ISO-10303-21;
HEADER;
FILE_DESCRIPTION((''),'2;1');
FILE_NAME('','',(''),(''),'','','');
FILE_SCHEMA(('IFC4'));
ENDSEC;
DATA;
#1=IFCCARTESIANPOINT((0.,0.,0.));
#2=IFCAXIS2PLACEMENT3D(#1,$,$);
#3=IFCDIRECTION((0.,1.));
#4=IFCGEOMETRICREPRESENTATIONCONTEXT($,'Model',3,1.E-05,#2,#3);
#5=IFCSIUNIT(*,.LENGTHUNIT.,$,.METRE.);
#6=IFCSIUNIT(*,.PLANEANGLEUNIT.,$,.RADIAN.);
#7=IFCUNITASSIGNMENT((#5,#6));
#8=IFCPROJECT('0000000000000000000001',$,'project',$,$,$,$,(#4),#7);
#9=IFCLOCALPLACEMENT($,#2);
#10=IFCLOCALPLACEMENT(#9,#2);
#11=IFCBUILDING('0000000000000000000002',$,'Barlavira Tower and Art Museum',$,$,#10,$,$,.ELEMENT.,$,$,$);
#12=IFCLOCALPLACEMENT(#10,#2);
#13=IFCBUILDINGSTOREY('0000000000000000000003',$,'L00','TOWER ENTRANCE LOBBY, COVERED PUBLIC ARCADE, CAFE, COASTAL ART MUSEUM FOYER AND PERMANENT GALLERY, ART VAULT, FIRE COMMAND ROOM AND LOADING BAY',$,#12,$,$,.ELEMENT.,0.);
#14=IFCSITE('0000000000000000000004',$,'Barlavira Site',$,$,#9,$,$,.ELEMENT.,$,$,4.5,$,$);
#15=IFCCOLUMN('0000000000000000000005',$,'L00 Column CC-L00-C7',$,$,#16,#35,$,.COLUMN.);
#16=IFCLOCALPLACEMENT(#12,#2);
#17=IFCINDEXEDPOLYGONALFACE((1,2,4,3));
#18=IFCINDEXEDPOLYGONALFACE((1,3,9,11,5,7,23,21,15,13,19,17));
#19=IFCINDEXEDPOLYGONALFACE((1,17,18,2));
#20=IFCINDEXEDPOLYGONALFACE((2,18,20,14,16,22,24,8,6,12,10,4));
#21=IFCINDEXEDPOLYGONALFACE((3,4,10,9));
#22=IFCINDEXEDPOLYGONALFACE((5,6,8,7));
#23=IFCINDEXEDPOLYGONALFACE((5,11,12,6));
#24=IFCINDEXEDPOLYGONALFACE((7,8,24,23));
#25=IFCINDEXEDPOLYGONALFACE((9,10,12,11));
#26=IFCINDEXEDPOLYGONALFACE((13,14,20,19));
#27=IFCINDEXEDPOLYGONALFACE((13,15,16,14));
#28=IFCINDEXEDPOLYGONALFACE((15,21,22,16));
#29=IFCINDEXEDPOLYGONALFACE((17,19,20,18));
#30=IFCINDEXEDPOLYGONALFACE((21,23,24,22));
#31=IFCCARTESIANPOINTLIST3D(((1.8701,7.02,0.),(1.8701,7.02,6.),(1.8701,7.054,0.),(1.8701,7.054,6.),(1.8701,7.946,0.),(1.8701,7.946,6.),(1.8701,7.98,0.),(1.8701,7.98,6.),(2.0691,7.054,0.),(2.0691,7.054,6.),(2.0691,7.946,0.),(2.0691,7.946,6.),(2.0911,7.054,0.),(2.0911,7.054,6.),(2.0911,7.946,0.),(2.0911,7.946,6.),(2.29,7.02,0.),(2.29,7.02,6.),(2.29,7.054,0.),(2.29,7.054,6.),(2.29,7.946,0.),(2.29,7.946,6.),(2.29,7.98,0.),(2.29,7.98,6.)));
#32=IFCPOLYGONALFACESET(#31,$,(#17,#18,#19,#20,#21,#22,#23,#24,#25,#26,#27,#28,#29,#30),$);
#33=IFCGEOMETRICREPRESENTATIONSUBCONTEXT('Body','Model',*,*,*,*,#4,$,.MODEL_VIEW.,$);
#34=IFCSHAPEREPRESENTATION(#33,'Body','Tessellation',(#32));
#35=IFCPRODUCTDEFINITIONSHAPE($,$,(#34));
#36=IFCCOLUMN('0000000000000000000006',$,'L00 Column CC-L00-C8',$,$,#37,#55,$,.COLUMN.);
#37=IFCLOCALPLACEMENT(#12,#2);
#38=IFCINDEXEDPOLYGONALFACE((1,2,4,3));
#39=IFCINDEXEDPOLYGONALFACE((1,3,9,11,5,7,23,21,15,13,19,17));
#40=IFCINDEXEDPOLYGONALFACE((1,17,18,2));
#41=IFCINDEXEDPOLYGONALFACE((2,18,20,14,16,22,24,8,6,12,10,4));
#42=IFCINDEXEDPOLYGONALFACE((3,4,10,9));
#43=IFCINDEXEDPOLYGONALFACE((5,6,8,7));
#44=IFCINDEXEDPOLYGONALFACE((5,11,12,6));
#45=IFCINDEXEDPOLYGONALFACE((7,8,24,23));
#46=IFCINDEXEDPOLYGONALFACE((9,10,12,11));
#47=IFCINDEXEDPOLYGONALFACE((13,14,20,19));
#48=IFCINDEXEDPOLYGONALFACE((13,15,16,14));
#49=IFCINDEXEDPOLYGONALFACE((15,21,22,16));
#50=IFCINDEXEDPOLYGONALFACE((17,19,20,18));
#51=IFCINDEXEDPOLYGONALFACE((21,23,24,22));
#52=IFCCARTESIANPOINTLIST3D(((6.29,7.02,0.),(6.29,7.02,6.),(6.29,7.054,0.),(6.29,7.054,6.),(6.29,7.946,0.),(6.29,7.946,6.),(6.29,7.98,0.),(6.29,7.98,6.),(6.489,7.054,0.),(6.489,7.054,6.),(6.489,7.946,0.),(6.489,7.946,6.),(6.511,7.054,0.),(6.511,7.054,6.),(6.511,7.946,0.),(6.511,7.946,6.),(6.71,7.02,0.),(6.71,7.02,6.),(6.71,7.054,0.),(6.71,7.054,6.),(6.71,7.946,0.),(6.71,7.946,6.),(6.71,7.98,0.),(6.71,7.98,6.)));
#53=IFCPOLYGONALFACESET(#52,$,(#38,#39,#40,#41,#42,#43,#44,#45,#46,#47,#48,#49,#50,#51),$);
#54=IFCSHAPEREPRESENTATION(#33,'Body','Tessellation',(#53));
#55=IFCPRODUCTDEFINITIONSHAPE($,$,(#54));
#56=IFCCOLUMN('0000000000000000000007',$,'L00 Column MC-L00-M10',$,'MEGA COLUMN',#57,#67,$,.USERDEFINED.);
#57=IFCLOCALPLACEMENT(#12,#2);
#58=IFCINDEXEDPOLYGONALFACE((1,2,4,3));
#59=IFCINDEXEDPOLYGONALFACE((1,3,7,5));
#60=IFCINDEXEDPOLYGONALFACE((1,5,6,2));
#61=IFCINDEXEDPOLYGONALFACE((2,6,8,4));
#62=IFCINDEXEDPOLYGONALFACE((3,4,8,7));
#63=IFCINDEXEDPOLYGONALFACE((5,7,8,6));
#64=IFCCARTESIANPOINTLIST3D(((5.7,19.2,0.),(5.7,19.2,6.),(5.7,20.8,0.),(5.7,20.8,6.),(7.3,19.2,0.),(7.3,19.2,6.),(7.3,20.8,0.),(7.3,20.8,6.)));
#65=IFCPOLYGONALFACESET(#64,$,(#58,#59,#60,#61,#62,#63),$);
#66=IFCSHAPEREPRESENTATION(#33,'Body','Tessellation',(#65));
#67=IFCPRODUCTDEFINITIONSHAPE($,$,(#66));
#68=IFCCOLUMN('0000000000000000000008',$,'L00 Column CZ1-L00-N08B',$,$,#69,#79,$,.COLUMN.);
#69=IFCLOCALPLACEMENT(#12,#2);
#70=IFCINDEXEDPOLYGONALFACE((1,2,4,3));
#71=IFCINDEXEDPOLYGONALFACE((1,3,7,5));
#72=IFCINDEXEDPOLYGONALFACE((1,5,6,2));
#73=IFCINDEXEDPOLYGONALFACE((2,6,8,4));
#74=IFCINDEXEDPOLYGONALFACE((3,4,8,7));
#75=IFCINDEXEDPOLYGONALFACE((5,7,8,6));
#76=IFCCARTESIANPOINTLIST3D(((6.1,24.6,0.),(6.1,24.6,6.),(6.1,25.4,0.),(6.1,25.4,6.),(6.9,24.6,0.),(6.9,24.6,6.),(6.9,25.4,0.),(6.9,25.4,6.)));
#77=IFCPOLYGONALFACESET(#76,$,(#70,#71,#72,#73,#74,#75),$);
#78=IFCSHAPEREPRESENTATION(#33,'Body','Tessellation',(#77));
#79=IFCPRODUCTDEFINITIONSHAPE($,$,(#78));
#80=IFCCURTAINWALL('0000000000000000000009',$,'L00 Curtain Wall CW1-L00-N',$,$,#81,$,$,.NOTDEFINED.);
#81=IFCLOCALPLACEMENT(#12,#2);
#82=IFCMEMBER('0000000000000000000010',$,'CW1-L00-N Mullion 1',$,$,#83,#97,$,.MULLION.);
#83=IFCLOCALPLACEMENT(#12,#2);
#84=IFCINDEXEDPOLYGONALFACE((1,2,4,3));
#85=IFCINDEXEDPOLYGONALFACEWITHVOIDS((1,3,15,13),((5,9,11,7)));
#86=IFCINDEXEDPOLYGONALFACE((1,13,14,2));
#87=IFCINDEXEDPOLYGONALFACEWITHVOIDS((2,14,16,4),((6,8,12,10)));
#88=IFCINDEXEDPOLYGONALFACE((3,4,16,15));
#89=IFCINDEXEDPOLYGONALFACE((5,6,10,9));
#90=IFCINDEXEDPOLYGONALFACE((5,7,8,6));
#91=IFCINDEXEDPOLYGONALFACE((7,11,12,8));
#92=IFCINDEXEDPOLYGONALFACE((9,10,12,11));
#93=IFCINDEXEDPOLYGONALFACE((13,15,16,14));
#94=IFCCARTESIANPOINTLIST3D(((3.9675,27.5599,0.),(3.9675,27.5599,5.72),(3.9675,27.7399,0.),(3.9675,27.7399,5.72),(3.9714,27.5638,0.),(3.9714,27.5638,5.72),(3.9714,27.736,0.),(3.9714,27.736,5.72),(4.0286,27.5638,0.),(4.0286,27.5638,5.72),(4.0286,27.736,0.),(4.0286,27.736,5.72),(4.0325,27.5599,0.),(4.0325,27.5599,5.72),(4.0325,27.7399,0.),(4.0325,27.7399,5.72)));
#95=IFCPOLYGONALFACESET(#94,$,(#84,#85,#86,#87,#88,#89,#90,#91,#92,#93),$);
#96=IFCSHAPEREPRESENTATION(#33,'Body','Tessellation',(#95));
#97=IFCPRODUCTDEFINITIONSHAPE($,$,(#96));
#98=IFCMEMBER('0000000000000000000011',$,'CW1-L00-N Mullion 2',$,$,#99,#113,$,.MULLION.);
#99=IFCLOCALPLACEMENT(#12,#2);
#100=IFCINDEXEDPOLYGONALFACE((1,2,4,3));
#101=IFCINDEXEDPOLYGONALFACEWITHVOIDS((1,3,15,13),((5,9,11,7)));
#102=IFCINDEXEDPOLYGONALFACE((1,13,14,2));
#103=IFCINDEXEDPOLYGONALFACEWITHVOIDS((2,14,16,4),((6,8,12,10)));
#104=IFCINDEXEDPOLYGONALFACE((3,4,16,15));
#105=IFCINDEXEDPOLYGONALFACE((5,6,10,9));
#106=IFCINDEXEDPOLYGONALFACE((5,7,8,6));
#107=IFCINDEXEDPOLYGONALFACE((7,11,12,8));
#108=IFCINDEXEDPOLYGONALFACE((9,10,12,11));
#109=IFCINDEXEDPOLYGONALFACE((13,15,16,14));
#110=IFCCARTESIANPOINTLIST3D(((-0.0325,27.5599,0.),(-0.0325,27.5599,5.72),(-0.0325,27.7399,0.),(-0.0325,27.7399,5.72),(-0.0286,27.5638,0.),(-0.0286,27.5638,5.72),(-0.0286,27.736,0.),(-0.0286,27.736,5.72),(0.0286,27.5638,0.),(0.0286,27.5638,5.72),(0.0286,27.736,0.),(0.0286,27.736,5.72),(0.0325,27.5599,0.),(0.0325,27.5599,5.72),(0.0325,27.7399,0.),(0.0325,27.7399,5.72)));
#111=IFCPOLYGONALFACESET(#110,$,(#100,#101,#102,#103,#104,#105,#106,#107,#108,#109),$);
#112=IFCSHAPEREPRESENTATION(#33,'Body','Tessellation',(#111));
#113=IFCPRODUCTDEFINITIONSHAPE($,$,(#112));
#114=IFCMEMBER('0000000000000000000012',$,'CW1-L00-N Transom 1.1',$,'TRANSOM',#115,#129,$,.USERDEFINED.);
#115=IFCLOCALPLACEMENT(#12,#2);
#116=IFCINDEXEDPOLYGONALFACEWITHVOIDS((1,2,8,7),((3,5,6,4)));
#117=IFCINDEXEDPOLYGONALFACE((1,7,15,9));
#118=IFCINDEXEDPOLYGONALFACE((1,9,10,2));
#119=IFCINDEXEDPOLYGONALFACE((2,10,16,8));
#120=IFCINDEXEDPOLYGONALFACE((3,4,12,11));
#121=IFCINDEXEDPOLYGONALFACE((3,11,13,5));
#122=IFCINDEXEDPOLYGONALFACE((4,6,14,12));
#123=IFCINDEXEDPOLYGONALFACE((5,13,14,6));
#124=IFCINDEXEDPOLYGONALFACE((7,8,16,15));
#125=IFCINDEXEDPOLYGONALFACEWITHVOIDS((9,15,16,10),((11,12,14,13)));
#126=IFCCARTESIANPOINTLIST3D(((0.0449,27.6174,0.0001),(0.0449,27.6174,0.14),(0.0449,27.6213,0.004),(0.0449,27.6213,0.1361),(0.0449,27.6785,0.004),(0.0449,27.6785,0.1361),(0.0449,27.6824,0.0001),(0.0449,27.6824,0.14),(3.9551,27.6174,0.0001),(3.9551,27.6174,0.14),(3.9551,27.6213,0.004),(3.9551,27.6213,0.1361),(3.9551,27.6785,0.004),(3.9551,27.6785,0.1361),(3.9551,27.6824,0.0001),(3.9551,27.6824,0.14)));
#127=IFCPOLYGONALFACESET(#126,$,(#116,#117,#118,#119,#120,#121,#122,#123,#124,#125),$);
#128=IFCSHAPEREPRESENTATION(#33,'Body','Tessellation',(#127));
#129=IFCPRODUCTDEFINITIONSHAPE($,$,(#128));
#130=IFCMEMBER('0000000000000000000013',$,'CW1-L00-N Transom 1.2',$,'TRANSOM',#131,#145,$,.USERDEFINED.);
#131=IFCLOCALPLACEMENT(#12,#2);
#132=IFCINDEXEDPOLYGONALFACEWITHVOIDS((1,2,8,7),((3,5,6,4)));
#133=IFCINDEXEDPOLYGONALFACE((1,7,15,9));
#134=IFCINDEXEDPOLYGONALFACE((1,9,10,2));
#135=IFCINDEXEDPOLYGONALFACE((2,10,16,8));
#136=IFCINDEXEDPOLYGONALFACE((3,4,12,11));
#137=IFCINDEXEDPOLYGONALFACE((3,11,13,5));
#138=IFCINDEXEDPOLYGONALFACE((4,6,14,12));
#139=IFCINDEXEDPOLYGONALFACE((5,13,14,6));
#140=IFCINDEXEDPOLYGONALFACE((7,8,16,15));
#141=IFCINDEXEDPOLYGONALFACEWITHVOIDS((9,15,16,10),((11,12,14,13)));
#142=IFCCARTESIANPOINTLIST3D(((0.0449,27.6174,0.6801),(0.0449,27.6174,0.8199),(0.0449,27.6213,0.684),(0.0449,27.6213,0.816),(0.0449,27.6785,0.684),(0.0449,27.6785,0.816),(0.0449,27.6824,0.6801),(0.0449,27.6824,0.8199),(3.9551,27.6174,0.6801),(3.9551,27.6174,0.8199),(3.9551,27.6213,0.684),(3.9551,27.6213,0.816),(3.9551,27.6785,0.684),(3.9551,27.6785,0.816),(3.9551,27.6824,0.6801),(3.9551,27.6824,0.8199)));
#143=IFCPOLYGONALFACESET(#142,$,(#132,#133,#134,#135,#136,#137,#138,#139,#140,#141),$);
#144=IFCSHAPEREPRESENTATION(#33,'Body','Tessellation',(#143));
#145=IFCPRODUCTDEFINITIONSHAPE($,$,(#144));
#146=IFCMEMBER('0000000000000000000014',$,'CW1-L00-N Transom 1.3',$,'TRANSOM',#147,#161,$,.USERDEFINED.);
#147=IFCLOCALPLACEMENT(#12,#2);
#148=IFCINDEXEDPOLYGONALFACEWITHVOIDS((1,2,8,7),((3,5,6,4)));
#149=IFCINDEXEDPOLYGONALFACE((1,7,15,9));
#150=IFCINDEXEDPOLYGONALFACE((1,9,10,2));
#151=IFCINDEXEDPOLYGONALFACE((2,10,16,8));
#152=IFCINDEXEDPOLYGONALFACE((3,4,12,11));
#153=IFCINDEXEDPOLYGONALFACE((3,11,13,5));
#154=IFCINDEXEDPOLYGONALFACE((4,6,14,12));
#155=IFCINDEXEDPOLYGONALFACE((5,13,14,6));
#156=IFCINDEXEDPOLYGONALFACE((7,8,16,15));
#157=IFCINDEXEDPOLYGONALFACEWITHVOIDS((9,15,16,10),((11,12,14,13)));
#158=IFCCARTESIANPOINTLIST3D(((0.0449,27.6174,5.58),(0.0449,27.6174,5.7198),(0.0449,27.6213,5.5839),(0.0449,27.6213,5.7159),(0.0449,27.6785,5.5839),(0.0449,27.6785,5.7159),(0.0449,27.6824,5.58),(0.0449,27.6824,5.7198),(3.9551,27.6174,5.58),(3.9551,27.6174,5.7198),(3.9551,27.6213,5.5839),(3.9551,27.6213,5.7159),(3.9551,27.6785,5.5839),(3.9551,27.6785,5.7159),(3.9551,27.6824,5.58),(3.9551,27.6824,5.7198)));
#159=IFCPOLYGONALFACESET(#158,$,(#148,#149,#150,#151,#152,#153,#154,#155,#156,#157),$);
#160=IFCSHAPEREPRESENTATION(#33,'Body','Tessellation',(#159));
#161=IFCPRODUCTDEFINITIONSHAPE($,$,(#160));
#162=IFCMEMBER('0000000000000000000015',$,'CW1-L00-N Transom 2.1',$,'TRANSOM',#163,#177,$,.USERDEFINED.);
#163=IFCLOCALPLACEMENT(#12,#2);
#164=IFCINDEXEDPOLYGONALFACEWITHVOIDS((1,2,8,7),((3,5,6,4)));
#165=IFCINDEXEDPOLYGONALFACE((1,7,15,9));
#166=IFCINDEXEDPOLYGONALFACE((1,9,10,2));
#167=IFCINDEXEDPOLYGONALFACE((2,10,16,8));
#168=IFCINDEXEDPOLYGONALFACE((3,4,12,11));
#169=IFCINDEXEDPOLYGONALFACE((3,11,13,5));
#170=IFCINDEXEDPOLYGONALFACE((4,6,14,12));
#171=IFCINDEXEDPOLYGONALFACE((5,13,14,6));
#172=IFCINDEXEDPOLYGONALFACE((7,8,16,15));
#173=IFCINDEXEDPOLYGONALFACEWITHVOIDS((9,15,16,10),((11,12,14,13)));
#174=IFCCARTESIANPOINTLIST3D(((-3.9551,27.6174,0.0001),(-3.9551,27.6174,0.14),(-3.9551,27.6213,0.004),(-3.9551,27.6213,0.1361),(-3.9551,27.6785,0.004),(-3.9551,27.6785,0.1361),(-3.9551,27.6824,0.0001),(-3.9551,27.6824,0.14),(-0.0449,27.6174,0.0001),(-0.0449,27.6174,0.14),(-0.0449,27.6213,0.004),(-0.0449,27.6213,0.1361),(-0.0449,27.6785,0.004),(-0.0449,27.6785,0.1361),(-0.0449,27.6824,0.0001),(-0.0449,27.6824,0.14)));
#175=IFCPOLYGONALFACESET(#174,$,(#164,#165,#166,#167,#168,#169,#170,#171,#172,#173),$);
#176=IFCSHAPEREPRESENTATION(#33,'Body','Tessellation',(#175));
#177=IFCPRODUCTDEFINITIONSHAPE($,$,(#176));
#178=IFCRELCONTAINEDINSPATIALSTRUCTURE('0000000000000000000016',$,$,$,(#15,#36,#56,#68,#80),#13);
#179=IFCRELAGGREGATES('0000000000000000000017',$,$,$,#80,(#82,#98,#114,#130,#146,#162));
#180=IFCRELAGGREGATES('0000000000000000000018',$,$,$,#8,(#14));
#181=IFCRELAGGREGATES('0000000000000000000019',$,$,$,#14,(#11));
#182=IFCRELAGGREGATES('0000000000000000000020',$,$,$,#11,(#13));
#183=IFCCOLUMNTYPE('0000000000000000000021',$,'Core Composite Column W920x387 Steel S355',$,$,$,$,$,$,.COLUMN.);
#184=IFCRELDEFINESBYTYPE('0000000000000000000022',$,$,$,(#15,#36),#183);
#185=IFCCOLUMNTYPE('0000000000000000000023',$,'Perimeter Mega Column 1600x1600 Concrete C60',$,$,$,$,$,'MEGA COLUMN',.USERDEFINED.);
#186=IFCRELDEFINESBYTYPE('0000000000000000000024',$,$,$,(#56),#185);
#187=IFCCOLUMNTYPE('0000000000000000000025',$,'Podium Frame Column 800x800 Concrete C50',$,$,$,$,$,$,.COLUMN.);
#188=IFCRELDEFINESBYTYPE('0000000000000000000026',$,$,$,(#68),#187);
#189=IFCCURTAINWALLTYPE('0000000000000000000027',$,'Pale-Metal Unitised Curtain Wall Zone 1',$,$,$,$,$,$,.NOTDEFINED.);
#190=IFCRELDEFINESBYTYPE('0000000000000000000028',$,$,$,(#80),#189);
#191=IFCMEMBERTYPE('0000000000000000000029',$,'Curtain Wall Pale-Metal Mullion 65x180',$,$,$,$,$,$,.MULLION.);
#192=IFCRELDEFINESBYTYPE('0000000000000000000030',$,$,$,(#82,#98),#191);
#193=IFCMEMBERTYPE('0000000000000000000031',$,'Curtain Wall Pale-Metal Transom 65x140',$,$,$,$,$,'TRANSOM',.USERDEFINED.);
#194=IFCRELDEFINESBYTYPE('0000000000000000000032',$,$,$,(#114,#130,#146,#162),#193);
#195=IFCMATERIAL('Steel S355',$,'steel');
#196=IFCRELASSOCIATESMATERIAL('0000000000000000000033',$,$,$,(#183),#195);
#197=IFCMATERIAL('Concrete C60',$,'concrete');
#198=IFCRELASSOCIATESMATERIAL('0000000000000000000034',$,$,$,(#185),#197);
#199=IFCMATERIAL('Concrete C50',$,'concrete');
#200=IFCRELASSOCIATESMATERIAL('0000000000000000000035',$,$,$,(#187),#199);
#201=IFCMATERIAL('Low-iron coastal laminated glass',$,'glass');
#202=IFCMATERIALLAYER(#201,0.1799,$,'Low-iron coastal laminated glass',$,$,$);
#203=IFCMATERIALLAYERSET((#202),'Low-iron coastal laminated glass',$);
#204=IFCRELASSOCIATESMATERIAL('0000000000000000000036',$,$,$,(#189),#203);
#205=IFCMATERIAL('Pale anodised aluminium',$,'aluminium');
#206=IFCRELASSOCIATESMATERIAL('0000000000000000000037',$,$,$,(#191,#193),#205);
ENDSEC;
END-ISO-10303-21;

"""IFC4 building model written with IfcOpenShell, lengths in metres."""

from ifc_helpers import new_model, si_unit, direction, frame, origin, origin_2d, place, context, subcontext, project, spatial, rectangle, hollow_rectangle, i_section, extrude, material, layer, layer_set, material_profile, profile_set, type_object, element, aggregate, save


model = new_model("IFC4")

# Units and contexts
model_context = context("Model", 3, precision=1e-05, world=origin(), true_north=direction((0.0, 1.0)))
body_context = subcontext(model_context, "Body", "Model", "MODEL_VIEW")
ifc_project = project(units=[si_unit("LENGTHUNIT", "METRE"), si_unit("PLANEANGLEUNIT", "RADIAN")], contexts=[model_context])

# Site, building, storey
site_placement = place(None, origin())
site = spatial("IfcSite", under=ifc_project, at=site_placement, Name="Barlavira Site", CompositionType="ELEMENT", RefElevation=4.5)
building_placement = place(site_placement, origin())
building = spatial("IfcBuilding", under=site, at=building_placement, Name="Barlavira Tower and Art Museum", CompositionType="ELEMENT")
storey_placement = place(building_placement, origin())
storey = spatial("IfcBuildingStorey", under=building, at=storey_placement, Name="L00", Description="TOWER ENTRANCE LOBBY, COVERED PUBLIC ARCADE, CAFE, COASTAL ART MUSEUM FOYER AND PERMANENT GALLERY, ART VAULT, FIRE COMMAND ROOM AND LOADING BAY", CompositionType="ELEMENT", Elevation=0.0)

# Columns
ifc_material_1 = material(Name="Steel S355", Category="steel")
ifc_material_profile_1 = material_profile(ifc_material_1, i_section(OverallWidth=0.4199, OverallDepth=0.96, WebThickness=0.022, FlangeThickness=0.0339, at=origin_2d()), Name="W920x387.0")
ifc_profile_set_1 = profile_set([ifc_material_profile_1], Name="Steel S355")
column_type_1 = type_object("IfcColumnType", Name="Core Composite Column W920x387 Steel S355", PredefinedType="COLUMN", material=ifc_profile_set_1)
for number, where, z_axis, x_axis, name in (
    (1, (2.0801, 7.5, 0.0), (0.0, 0.0, 1.0), (1.0, 0.0, 0.0), "L00 Column CC-L00-C7"),
    (2, (6.5, 7.5, 0.0), (0.0, 0.0, 1.0), (1.0, 0.0, 0.0), "L00 Column CC-L00-C8"),
):
    element("IfcColumn", number, at=place(storey_placement, frame(where, z_axis=z_axis, x_axis=x_axis)), inside=storey, type_object=column_type_1, Name=name, PredefinedType="COLUMN", context=body_context, shape_type="SweptSolid", body=[
        extrude(i_section(OverallWidth=0.4199, OverallDepth=0.96, WebThickness=0.022, FlangeThickness=0.0339, at=origin_2d()), origin(), (0.0, 0.0, 1.0), 6.0),
    ])
ifc_material_2 = material(Name="Concrete C60", Category="concrete")
ifc_material_profile_2 = material_profile(ifc_material_2, rectangle(XDim=1.6001, YDim=1.6001, at=origin_2d()), Name="RC-MCOL 1600x1600")
ifc_profile_set_2 = profile_set([ifc_material_profile_2], Name="Concrete C60")
column_type_2 = type_object("IfcColumnType", Name="Perimeter Mega Column 1600x1600 Concrete C60", ElementType="MEGA COLUMN", PredefinedType="USERDEFINED", material=ifc_profile_set_2)
column_1_placement = place(storey_placement, frame((6.5, 20.0, 0.0), z_axis=(0.0, 0.0, 1.0), x_axis=(1.0, 0.0, 0.0)))
element("IfcColumn", 3, at=column_1_placement, inside=storey, type_object=column_type_2, Name="L00 Column MC-L00-M10", ObjectType="MEGA COLUMN", PredefinedType="USERDEFINED", context=body_context, shape_type="SweptSolid", body=[
    extrude(rectangle(XDim=1.6001, YDim=1.6001, at=origin_2d()), origin(), (0.0, 0.0, 1.0), 6.0),
])
ifc_material_3 = material(Name="Concrete C50", Category="concrete")
ifc_material_profile_3 = material_profile(ifc_material_3, rectangle(XDim=0.8, YDim=0.8, at=origin_2d()), Name="RC-COL 800x800")
ifc_profile_set_3 = profile_set([ifc_material_profile_3], Name="Concrete C50")
column_type_3 = type_object("IfcColumnType", Name="Podium Frame Column 800x800 Concrete C50", PredefinedType="COLUMN", material=ifc_profile_set_3)
column_2_placement = place(storey_placement, frame((6.5, 25.0, 0.0), z_axis=(0.0, 0.0, 1.0), x_axis=(1.0, 0.0, 0.0)))
element("IfcColumn", 4, at=column_2_placement, inside=storey, type_object=column_type_3, Name="L00 Column CZ1-L00-N08B", PredefinedType="COLUMN", context=body_context, shape_type="SweptSolid", body=[
    extrude(rectangle(XDim=0.8, YDim=0.8, at=origin_2d()), origin(), (0.0, 0.0, 1.0), 6.0),
])

# Curtain wall, members
ifc_material_4 = material(Name="Low-iron coastal laminated glass", Category="glass")
ifc_layer_1 = layer(ifc_material_4, 0.1799, Name="Low-iron coastal laminated glass")
ifc_layer_set_1 = layer_set([ifc_layer_1], Name="Low-iron coastal laminated glass")
curtain_wall_type = type_object("IfcCurtainWallType", Name="Pale-Metal Unitised Curtain Wall Zone 1", PredefinedType="NOTDEFINED", material=ifc_layer_set_1)
curtain_wall_placement = place(storey_placement, origin())
curtain_wall = element("IfcCurtainWall", 5, at=curtain_wall_placement, inside=storey, type_object=curtain_wall_type, Name="L00 Curtain Wall CW1-L00-N", PredefinedType="NOTDEFINED")
ifc_material_5 = material(Name="Pale anodised aluminium", Category="aluminium")
ifc_material_profile_4 = material_profile(ifc_material_5, hollow_rectangle(XDim=0.0649, YDim=0.1799, WallThickness=0.0039, at=origin_2d()), Name="ALU-MULL 65x180x4")
ifc_profile_set_4 = profile_set([ifc_material_profile_4], Name="Pale anodised aluminium")
member_type_1 = type_object("IfcMemberType", Name="Curtain Wall Pale-Metal Mullion 65x180", PredefinedType="MULLION", material=ifc_profile_set_4)
member_1_placement = place(storey_placement, frame((4.0, 27.6499, 0.0), z_axis=(0.0, 0.0, 1.0), x_axis=(-1.0, 0.0, 0.0)))
member_1 = element("IfcMember", 6, at=member_1_placement, type_object=member_type_1, Name="CW1-L00-N Mullion 1", PredefinedType="MULLION", context=body_context, shape_type="SweptSolid", body=[
    extrude(hollow_rectangle(XDim=0.0649, YDim=0.1799, WallThickness=0.0039, at=origin_2d()), origin(), (0.0, 0.0, 1.0), 5.72),
])
member_2_placement = place(storey_placement, frame((0.0, 27.6499, 0.0), z_axis=(0.0, 0.0, 1.0), x_axis=(-1.0, 0.0, 0.0)))
member_2 = element("IfcMember", 7, at=member_2_placement, type_object=member_type_1, Name="CW1-L00-N Mullion 2", PredefinedType="MULLION", context=body_context, shape_type="SweptSolid", body=[
    extrude(hollow_rectangle(XDim=0.0649, YDim=0.1799, WallThickness=0.0039, at=origin_2d()), origin(), (0.0, 0.0, 1.0), 5.72),
])
ifc_material_profile_5 = material_profile(ifc_material_5, hollow_rectangle(XDim=0.0649, YDim=0.1399, WallThickness=0.0039, at=origin_2d()), Name="ALU-TRAN 65x140x4")
ifc_profile_set_5 = profile_set([ifc_material_profile_5], Name="Pale anodised aluminium")
member_type_2 = type_object("IfcMemberType", Name="Curtain Wall Pale-Metal Transom 65x140", ElementType="TRANSOM", PredefinedType="USERDEFINED", material=ifc_profile_set_5)
member_3_placement = place(storey_placement, frame((3.9551, 27.6499, 0.0701), z_axis=(-1.0, 0.0, 0.0), x_axis=(0.0, -1.0, 0.0)))
member_3 = element("IfcMember", 8, at=member_3_placement, type_object=member_type_2, Name="CW1-L00-N Transom 1.1", ObjectType="TRANSOM", PredefinedType="USERDEFINED", context=body_context, shape_type="SweptSolid", body=[
    extrude(hollow_rectangle(XDim=0.0649, YDim=0.1399, WallThickness=0.0039, at=origin_2d()), origin(), (0.0, 0.0, 1.0), 3.9102),
])
member_4_placement = place(storey_placement, frame((3.9551, 27.6499, 0.75), z_axis=(-1.0, 0.0, 0.0), x_axis=(0.0, -1.0, 0.0)))
member_4 = element("IfcMember", 9, at=member_4_placement, type_object=member_type_2, Name="CW1-L00-N Transom 1.2", ObjectType="TRANSOM", PredefinedType="USERDEFINED", context=body_context, shape_type="SweptSolid", body=[
    extrude(hollow_rectangle(XDim=0.0649, YDim=0.1399, WallThickness=0.0039, at=origin_2d()), origin(), (0.0, 0.0, 1.0), 3.9102),
])
member_5_placement = place(storey_placement, frame((3.9551, 27.6499, 5.6499), z_axis=(-1.0, 0.0, 0.0), x_axis=(0.0, -1.0, 0.0)))
member_5 = element("IfcMember", 10, at=member_5_placement, type_object=member_type_2, Name="CW1-L00-N Transom 1.3", ObjectType="TRANSOM", PredefinedType="USERDEFINED", context=body_context, shape_type="SweptSolid", body=[
    extrude(hollow_rectangle(XDim=0.0649, YDim=0.1399, WallThickness=0.0039, at=origin_2d()), origin(), (0.0, 0.0, 1.0), 3.9102),
])
member_6_placement = place(storey_placement, frame((-0.0449, 27.6499, 0.0701), z_axis=(-1.0, 0.0, 0.0), x_axis=(0.0, -1.0, 0.0)))
member_6 = element("IfcMember", 11, at=member_6_placement, type_object=member_type_2, Name="CW1-L00-N Transom 2.1", ObjectType="TRANSOM", PredefinedType="USERDEFINED", context=body_context, shape_type="SweptSolid", body=[
    extrude(hollow_rectangle(XDim=0.0649, YDim=0.1399, WallThickness=0.0039, at=origin_2d()), origin(), (0.0, 0.0, 1.0), 3.9102),
])

aggregate(curtain_wall, [member_1, member_2, member_3, member_4, member_5, member_6])

save(model, "model.ifc")
